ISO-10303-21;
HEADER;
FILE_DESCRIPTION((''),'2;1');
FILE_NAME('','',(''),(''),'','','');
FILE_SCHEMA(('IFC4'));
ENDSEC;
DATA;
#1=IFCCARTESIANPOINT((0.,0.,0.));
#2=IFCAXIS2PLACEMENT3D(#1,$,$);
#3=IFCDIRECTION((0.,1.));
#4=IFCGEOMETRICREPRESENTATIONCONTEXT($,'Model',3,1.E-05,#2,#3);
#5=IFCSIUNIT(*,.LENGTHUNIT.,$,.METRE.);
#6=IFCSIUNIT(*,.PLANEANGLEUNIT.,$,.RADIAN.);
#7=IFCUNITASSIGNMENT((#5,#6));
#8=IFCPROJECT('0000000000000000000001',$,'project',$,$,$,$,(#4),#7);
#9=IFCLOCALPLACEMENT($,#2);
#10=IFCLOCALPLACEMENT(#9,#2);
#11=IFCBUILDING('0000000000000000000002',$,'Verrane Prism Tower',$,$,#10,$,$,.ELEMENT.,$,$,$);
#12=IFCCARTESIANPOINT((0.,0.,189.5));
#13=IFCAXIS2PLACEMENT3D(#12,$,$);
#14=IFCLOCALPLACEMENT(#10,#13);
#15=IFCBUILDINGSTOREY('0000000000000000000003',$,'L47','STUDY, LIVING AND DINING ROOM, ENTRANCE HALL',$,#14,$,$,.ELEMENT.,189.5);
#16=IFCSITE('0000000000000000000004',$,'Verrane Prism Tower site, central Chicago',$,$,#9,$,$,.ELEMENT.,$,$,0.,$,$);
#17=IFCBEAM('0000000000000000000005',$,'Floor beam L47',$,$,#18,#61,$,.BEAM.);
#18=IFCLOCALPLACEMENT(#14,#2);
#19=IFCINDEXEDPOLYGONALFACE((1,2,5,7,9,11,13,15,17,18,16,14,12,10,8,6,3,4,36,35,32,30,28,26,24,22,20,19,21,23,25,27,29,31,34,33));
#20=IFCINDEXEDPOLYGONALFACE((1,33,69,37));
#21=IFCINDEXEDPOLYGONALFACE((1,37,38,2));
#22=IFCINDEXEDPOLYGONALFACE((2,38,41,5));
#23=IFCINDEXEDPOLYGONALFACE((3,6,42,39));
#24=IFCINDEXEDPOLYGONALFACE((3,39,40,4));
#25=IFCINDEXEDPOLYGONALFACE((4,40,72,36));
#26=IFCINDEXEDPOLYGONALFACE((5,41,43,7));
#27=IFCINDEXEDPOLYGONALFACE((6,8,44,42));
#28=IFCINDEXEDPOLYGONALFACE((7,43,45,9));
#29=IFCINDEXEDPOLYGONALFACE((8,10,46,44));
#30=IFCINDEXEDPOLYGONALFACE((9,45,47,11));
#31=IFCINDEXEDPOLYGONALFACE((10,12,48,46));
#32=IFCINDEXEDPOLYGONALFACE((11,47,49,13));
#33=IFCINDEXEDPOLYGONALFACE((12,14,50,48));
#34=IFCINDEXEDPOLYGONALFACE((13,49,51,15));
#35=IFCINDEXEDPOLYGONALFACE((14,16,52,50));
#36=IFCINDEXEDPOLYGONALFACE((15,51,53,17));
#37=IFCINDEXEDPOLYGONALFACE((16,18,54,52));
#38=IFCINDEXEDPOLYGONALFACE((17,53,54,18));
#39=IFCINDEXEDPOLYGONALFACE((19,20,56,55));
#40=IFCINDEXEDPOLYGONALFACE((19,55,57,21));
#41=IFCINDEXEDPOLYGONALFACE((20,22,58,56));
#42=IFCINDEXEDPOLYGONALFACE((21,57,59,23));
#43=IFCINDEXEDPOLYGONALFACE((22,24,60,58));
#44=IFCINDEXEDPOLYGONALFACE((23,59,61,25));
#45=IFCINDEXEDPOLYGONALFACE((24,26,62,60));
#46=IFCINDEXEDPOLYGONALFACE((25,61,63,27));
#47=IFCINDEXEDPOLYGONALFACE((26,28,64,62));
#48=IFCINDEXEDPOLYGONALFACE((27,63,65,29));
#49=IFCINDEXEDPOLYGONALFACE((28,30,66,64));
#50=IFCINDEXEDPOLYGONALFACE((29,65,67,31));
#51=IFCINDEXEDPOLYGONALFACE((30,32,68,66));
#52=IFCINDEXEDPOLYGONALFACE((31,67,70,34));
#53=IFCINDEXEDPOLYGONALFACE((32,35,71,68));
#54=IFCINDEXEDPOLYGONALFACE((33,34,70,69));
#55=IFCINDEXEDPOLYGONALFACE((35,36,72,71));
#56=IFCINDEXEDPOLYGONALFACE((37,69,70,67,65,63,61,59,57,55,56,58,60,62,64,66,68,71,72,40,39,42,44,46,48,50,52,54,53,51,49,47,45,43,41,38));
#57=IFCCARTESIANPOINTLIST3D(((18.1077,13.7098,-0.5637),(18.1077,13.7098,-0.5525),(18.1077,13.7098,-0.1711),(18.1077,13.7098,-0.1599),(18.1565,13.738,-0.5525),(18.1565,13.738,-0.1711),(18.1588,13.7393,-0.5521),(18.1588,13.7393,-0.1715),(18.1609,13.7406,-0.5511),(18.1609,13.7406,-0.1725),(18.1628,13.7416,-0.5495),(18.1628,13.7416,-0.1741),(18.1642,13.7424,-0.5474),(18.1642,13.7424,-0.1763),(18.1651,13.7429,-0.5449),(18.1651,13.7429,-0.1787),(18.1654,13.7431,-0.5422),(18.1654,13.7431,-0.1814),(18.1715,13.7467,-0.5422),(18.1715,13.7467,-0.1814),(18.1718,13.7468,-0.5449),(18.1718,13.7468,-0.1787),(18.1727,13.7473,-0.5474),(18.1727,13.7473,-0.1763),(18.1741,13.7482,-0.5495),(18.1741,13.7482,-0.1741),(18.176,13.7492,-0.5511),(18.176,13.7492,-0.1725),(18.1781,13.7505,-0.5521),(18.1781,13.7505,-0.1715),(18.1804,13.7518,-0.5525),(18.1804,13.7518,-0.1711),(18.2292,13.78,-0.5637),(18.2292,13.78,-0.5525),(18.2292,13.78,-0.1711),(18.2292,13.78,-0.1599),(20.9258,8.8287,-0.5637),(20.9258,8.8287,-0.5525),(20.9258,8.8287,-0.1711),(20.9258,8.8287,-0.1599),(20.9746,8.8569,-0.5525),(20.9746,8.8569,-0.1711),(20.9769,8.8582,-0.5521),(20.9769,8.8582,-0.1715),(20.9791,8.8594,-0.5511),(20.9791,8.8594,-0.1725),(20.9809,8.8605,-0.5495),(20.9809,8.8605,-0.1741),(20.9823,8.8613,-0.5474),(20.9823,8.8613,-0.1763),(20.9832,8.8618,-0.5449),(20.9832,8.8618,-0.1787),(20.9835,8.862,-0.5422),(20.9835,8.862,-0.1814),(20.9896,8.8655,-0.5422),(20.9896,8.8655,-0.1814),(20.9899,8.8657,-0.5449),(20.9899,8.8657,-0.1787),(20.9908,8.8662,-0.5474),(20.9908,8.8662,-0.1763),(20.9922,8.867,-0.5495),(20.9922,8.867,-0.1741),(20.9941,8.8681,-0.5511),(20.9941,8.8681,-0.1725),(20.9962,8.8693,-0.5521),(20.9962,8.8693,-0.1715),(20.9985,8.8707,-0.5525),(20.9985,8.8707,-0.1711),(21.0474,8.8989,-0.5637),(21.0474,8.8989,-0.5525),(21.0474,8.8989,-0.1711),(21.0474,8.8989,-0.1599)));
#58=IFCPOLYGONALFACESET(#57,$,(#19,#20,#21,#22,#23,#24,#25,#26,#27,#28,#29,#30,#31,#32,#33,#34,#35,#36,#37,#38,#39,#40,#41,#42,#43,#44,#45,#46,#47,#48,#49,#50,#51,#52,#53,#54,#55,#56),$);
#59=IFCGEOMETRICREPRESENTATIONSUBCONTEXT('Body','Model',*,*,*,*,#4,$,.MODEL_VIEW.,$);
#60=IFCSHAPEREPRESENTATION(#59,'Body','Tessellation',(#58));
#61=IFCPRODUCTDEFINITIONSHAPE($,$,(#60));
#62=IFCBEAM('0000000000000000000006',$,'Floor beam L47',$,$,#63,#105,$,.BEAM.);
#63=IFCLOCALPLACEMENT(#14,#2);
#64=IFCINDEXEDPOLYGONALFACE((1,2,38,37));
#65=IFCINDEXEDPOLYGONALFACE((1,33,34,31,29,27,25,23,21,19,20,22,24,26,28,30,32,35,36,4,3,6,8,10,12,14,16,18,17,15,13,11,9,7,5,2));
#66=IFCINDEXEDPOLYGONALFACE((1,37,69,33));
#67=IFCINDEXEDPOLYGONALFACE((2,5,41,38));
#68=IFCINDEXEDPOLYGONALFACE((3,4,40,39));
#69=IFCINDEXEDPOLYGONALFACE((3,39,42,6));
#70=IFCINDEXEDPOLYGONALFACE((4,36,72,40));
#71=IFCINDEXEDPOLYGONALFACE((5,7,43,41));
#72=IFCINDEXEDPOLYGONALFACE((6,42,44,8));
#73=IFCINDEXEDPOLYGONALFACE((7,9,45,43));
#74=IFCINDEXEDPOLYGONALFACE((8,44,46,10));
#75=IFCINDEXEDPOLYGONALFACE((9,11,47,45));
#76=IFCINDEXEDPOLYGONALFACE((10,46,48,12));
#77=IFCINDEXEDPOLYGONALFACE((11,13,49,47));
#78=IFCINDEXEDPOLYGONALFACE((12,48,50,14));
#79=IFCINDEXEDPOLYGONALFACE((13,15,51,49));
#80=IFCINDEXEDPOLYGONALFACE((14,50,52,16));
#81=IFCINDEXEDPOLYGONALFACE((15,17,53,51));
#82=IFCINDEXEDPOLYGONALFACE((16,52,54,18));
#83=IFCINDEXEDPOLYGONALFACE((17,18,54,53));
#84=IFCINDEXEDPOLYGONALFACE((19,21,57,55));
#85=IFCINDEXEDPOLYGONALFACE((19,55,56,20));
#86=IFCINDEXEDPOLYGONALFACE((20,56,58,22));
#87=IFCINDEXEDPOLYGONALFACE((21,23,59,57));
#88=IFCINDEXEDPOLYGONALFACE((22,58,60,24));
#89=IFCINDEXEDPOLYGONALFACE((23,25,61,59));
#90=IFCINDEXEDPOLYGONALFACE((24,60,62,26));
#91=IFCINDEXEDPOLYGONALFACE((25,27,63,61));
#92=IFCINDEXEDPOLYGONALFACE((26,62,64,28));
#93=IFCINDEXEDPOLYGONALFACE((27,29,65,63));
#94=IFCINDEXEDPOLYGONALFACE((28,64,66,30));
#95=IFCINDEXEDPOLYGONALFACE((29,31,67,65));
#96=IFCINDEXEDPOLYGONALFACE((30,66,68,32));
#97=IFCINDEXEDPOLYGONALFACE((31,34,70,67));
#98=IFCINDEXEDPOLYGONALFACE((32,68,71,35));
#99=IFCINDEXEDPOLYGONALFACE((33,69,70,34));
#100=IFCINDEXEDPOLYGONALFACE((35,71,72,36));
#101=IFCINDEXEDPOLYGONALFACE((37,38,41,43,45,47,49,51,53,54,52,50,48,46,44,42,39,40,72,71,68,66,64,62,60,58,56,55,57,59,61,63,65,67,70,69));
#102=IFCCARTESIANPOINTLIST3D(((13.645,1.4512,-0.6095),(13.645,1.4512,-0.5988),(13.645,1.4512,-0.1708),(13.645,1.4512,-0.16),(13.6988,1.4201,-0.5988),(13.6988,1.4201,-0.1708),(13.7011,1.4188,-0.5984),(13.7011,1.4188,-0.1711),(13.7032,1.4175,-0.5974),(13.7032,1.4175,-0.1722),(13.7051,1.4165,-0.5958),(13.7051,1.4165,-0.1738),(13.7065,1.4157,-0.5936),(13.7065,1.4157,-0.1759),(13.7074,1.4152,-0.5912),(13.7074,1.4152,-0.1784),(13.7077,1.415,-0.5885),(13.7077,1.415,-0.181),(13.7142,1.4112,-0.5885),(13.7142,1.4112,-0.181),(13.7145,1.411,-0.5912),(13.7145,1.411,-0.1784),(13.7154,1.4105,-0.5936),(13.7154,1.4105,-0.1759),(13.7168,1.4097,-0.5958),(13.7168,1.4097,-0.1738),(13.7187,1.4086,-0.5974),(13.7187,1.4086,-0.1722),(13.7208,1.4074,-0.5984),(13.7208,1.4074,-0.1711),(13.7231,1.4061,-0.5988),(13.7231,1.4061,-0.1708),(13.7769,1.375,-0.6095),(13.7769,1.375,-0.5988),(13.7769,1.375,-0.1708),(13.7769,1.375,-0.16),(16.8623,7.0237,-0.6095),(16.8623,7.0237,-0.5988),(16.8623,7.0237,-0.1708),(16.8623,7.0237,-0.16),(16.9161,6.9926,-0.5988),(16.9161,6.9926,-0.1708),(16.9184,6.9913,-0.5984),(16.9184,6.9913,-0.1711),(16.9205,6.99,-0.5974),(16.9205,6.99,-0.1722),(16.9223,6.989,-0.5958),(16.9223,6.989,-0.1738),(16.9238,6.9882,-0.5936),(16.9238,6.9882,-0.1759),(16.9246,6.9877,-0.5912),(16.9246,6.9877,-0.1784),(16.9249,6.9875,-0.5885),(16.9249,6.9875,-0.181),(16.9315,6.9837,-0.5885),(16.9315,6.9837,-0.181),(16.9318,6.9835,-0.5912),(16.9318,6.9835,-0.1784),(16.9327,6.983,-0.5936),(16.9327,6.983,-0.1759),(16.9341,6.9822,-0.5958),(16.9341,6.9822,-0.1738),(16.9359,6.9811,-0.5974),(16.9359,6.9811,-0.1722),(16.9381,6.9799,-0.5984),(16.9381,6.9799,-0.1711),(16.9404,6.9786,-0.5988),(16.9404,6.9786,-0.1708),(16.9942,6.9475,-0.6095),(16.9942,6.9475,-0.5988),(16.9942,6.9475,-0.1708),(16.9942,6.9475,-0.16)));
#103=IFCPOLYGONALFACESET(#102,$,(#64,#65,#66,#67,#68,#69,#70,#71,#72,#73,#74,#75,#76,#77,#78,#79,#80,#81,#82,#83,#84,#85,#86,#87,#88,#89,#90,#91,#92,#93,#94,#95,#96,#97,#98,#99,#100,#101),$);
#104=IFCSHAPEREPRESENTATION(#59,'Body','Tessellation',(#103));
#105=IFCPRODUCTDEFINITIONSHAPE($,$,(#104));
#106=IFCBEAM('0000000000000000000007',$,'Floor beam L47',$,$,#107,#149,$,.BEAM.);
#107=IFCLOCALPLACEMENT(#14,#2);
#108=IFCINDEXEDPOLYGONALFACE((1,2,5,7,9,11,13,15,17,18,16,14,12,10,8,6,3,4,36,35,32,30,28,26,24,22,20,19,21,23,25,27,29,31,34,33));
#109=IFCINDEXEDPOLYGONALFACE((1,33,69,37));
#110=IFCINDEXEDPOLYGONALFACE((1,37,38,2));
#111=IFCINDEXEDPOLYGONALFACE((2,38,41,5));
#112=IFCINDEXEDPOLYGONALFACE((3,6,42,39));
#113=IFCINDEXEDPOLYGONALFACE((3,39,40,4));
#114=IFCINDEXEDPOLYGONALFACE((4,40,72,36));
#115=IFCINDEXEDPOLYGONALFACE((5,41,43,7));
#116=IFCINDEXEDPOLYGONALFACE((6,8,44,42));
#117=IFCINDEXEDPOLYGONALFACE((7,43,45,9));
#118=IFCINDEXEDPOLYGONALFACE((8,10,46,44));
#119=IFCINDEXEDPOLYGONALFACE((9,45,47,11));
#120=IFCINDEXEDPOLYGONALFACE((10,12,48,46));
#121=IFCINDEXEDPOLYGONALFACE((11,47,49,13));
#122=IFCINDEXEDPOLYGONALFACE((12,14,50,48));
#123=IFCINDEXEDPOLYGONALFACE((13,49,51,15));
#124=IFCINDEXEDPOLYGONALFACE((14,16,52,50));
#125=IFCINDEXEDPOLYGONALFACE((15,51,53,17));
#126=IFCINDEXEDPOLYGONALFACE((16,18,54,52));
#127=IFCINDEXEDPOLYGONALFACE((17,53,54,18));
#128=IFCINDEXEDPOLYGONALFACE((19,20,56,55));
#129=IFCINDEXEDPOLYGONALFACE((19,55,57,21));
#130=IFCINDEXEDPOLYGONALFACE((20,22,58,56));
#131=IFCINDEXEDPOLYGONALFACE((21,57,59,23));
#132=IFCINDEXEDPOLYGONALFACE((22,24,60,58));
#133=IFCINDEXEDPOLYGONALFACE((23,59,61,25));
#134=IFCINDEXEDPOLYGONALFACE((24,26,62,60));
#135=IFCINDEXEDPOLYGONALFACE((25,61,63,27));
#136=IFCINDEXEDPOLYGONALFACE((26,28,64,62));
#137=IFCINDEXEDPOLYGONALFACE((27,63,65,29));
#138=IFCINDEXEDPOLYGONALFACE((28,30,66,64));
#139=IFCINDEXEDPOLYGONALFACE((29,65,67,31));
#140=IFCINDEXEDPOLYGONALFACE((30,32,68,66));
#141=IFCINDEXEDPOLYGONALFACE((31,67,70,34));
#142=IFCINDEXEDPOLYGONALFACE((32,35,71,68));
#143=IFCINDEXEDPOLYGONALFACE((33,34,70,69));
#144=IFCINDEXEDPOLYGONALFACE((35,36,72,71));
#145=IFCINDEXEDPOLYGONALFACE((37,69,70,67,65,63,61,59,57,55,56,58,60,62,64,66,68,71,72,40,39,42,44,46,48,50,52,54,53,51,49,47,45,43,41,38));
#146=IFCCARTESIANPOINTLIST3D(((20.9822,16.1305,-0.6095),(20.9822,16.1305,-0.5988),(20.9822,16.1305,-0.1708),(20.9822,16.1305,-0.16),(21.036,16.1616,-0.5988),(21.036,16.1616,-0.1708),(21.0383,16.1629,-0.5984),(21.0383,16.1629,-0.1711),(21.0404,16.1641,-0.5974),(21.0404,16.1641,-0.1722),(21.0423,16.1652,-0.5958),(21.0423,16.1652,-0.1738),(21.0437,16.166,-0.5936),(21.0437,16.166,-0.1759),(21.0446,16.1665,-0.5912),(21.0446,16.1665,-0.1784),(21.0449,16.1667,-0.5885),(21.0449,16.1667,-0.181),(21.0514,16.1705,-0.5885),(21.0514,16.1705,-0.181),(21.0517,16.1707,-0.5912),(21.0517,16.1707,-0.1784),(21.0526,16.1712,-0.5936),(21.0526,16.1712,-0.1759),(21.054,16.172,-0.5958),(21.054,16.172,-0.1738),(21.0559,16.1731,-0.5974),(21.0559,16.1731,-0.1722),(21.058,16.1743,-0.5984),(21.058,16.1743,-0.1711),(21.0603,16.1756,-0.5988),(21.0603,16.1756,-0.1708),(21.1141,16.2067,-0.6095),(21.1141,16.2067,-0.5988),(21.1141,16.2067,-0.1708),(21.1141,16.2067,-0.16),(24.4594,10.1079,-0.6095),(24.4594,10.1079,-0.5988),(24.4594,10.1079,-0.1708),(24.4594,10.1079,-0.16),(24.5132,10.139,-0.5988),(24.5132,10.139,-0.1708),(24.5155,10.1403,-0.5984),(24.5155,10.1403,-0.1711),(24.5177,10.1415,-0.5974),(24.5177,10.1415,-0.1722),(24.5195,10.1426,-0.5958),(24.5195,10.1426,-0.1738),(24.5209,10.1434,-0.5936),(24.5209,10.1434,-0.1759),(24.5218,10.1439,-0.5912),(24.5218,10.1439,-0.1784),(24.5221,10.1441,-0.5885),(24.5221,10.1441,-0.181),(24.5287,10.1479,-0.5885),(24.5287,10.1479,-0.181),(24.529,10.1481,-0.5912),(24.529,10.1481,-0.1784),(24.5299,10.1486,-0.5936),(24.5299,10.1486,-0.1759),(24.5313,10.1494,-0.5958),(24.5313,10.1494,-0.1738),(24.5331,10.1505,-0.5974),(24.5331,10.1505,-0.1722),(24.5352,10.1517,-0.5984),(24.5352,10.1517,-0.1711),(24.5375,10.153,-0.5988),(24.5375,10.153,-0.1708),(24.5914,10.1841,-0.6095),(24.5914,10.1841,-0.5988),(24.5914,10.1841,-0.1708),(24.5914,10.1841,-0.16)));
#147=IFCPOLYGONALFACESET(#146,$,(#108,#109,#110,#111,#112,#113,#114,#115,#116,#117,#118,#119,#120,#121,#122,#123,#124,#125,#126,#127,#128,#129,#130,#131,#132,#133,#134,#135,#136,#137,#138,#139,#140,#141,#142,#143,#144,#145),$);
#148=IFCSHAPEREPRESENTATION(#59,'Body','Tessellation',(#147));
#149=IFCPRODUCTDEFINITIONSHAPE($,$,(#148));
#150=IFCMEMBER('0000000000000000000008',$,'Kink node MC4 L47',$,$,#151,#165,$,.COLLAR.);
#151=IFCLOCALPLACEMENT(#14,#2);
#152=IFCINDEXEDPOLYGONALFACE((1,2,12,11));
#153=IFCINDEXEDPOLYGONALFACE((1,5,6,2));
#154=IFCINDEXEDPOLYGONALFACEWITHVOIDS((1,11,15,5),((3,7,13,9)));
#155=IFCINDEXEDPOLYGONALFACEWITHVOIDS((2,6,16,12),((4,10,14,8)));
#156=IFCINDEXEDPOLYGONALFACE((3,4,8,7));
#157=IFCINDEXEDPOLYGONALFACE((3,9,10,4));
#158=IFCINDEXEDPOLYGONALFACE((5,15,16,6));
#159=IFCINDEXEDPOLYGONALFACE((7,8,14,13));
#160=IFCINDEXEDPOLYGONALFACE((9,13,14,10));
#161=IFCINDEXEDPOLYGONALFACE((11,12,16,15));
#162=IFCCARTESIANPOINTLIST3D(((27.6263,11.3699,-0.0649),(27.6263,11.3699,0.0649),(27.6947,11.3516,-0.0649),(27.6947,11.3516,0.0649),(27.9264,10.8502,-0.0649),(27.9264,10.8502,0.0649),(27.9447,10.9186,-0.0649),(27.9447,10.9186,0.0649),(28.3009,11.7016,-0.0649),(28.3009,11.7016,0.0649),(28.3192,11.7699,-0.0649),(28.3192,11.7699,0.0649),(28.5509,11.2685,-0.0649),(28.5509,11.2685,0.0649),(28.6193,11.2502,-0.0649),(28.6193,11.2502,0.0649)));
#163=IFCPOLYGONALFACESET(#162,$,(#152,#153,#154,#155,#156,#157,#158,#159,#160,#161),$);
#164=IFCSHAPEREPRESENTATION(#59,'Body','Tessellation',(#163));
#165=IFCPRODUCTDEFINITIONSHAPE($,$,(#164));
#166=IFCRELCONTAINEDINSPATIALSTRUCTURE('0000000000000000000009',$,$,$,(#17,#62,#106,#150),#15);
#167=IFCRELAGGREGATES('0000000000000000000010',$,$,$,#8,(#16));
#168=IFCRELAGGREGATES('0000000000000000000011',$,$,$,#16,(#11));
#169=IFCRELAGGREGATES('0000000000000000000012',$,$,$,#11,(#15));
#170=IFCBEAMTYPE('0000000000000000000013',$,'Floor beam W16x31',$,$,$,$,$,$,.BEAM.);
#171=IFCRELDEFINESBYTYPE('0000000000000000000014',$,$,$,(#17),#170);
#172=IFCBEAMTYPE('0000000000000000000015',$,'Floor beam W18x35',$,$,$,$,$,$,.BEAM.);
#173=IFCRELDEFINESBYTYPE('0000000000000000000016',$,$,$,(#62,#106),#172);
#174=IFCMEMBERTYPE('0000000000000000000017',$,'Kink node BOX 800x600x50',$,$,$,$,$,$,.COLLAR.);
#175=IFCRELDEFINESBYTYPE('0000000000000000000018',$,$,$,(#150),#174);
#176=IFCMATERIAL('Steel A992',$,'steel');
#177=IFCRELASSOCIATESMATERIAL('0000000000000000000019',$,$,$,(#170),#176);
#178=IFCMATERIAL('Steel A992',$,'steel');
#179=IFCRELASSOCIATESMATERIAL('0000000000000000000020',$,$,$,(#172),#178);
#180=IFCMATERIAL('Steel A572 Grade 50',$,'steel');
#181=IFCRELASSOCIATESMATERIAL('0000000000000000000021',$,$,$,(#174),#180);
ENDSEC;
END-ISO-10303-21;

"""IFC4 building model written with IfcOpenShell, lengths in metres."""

from ifc_helpers import new_model, si_unit, direction, frame, origin, origin_2d, place, context, subcontext, project, spatial, hollow_rectangle, i_section, extrude, material, material_profile, profile_set, type_object, element, save


model = new_model("IFC4")

# Units and contexts
model_context = context("Model", 3, precision=1e-05, world=origin(), true_north=direction((0.0, 1.0)))
body_context = subcontext(model_context, "Body", "Model", "MODEL_VIEW")
ifc_project = project(units=[si_unit("LENGTHUNIT", "METRE"), si_unit("PLANEANGLEUNIT", "RADIAN")], contexts=[model_context])

# Site, building, storey
site_placement = place(None, origin())
site = spatial("IfcSite", under=ifc_project, at=site_placement, Name="Verrane Prism Tower site, central Chicago", CompositionType="ELEMENT", RefElevation=0.0)
building_placement = place(site_placement, origin())
building = spatial("IfcBuilding", under=site, at=building_placement, Name="Verrane Prism Tower", CompositionType="ELEMENT")
storey_placement = place(building_placement, frame((0.0, 0.0, 189.5)))
storey = spatial("IfcBuildingStorey", under=building, at=storey_placement, Name="L47", Description="STUDY, LIVING AND DINING ROOM, ENTRANCE HALL", CompositionType="ELEMENT", Elevation=189.5)

# Beams
ifc_material_1 = material(Name="Steel A992", Category="steel")
ifc_material_profile_1 = material_profile(ifc_material_1, i_section(OverallWidth=0.1404, OverallDepth=0.4038, WebThickness=0.0071, FlangeThickness=0.0112, FilletRadius=0.0103, at=origin_2d()), Name="W16x31")
ifc_profile_set_1 = profile_set([ifc_material_profile_1], Name="Steel A992")
beam_type_1 = type_object("IfcBeamType", Name="Floor beam W16x31", PredefinedType="BEAM", material=ifc_profile_set_1)
beam_1_placement = place(storey_placement, frame((20.9866, 8.8638, -0.3618), z_axis=(-0.500001, 0.866025, 0.0), x_axis=(-0.866025, -0.500001, 0.0)))
element("IfcBeam", 1, at=beam_1_placement, inside=storey, type_object=beam_type_1, Name="Floor beam L47", PredefinedType="BEAM", context=body_context, shape_type="SweptSolid", body=[
    extrude(i_section(OverallWidth=0.1404, OverallDepth=0.4038, WebThickness=0.0071, FlangeThickness=0.0112, FilletRadius=0.0103, at=origin_2d()), origin(), (0.0, 0.0, 1.0), 5.6362),
])
ifc_material_2 = material(Name="Steel A992", Category="steel")
ifc_material_profile_2 = material_profile(ifc_material_2, i_section(OverallWidth=0.1523, OverallDepth=0.4495, WebThickness=0.0076, FlangeThickness=0.0107, FilletRadius=0.0103, at=origin_2d()), Name="W18x35")
ifc_profile_set_2 = profile_set([ifc_material_profile_2], Name="Steel A992")
beam_type_2 = type_object("IfcBeamType", Name="Floor beam W18x35", PredefinedType="BEAM", material=ifc_profile_set_2)
beam_2_placement = place(storey_placement, frame((13.7109, 1.4131, -0.3848), z_axis=(0.499999, 0.866026, 0.0), x_axis=(-0.866026, 0.499999, 0.0)))
element("IfcBeam", 2, at=beam_2_placement, inside=storey, type_object=beam_type_2, Name="Floor beam L47", PredefinedType="BEAM", context=body_context, shape_type="SweptSolid", body=[
    extrude(i_section(OverallWidth=0.1523, OverallDepth=0.4495, WebThickness=0.0076, FlangeThickness=0.0107, FilletRadius=0.0103, at=origin_2d()), origin(), (0.0, 0.0, 1.0), 6.4346),
])
beam_3_placement = place(storey_placement, frame((24.5254, 10.146, -0.3848), z_axis=(-0.500009, 0.86602, 0.0), x_axis=(-0.86602, -0.500009, 0.0)))
element("IfcBeam", 3, at=beam_3_placement, inside=storey, type_object=beam_type_2, Name="Floor beam L47", PredefinedType="BEAM", context=body_context, shape_type="SweptSolid", body=[
    extrude(i_section(OverallWidth=0.1523, OverallDepth=0.4495, WebThickness=0.0076, FlangeThickness=0.0107, FilletRadius=0.0103, at=origin_2d()), origin(), (0.0, 0.0, 1.0), 6.9543),
])

# Member
ifc_material_3 = material(Name="Steel A572 Grade 50", Category="steel")
ifc_material_profile_3 = material_profile(ifc_material_3, hollow_rectangle(XDim=0.6001, YDim=0.8, WallThickness=0.05, at=origin_2d()), Name="BOX 800x600x50")
ifc_profile_set_3 = profile_set([ifc_material_profile_3], Name="Steel A572 Grade 50")
member_type_1 = type_object("IfcMemberType", Name="Kink node BOX 800x600x50", PredefinedType="COLLAR", material=ifc_profile_set_3)
member_1_placement = place(storey_placement, frame((28.1228, 11.3101, -0.0649), z_axis=(0.0, 0.0, 1.0), x_axis=(0.5, -0.866025, 0.0)))
element("IfcMember", 4, at=member_1_placement, inside=storey, type_object=member_type_1, Name="Kink node MC4 L47", PredefinedType="COLLAR", context=body_context, shape_type="SweptSolid", body=[
    extrude(hollow_rectangle(XDim=0.6001, YDim=0.8, WallThickness=0.05, at=origin_2d()), origin(), (0.0, 0.0, 1.0), 0.1299),
])

save(model, "model.ifc")
